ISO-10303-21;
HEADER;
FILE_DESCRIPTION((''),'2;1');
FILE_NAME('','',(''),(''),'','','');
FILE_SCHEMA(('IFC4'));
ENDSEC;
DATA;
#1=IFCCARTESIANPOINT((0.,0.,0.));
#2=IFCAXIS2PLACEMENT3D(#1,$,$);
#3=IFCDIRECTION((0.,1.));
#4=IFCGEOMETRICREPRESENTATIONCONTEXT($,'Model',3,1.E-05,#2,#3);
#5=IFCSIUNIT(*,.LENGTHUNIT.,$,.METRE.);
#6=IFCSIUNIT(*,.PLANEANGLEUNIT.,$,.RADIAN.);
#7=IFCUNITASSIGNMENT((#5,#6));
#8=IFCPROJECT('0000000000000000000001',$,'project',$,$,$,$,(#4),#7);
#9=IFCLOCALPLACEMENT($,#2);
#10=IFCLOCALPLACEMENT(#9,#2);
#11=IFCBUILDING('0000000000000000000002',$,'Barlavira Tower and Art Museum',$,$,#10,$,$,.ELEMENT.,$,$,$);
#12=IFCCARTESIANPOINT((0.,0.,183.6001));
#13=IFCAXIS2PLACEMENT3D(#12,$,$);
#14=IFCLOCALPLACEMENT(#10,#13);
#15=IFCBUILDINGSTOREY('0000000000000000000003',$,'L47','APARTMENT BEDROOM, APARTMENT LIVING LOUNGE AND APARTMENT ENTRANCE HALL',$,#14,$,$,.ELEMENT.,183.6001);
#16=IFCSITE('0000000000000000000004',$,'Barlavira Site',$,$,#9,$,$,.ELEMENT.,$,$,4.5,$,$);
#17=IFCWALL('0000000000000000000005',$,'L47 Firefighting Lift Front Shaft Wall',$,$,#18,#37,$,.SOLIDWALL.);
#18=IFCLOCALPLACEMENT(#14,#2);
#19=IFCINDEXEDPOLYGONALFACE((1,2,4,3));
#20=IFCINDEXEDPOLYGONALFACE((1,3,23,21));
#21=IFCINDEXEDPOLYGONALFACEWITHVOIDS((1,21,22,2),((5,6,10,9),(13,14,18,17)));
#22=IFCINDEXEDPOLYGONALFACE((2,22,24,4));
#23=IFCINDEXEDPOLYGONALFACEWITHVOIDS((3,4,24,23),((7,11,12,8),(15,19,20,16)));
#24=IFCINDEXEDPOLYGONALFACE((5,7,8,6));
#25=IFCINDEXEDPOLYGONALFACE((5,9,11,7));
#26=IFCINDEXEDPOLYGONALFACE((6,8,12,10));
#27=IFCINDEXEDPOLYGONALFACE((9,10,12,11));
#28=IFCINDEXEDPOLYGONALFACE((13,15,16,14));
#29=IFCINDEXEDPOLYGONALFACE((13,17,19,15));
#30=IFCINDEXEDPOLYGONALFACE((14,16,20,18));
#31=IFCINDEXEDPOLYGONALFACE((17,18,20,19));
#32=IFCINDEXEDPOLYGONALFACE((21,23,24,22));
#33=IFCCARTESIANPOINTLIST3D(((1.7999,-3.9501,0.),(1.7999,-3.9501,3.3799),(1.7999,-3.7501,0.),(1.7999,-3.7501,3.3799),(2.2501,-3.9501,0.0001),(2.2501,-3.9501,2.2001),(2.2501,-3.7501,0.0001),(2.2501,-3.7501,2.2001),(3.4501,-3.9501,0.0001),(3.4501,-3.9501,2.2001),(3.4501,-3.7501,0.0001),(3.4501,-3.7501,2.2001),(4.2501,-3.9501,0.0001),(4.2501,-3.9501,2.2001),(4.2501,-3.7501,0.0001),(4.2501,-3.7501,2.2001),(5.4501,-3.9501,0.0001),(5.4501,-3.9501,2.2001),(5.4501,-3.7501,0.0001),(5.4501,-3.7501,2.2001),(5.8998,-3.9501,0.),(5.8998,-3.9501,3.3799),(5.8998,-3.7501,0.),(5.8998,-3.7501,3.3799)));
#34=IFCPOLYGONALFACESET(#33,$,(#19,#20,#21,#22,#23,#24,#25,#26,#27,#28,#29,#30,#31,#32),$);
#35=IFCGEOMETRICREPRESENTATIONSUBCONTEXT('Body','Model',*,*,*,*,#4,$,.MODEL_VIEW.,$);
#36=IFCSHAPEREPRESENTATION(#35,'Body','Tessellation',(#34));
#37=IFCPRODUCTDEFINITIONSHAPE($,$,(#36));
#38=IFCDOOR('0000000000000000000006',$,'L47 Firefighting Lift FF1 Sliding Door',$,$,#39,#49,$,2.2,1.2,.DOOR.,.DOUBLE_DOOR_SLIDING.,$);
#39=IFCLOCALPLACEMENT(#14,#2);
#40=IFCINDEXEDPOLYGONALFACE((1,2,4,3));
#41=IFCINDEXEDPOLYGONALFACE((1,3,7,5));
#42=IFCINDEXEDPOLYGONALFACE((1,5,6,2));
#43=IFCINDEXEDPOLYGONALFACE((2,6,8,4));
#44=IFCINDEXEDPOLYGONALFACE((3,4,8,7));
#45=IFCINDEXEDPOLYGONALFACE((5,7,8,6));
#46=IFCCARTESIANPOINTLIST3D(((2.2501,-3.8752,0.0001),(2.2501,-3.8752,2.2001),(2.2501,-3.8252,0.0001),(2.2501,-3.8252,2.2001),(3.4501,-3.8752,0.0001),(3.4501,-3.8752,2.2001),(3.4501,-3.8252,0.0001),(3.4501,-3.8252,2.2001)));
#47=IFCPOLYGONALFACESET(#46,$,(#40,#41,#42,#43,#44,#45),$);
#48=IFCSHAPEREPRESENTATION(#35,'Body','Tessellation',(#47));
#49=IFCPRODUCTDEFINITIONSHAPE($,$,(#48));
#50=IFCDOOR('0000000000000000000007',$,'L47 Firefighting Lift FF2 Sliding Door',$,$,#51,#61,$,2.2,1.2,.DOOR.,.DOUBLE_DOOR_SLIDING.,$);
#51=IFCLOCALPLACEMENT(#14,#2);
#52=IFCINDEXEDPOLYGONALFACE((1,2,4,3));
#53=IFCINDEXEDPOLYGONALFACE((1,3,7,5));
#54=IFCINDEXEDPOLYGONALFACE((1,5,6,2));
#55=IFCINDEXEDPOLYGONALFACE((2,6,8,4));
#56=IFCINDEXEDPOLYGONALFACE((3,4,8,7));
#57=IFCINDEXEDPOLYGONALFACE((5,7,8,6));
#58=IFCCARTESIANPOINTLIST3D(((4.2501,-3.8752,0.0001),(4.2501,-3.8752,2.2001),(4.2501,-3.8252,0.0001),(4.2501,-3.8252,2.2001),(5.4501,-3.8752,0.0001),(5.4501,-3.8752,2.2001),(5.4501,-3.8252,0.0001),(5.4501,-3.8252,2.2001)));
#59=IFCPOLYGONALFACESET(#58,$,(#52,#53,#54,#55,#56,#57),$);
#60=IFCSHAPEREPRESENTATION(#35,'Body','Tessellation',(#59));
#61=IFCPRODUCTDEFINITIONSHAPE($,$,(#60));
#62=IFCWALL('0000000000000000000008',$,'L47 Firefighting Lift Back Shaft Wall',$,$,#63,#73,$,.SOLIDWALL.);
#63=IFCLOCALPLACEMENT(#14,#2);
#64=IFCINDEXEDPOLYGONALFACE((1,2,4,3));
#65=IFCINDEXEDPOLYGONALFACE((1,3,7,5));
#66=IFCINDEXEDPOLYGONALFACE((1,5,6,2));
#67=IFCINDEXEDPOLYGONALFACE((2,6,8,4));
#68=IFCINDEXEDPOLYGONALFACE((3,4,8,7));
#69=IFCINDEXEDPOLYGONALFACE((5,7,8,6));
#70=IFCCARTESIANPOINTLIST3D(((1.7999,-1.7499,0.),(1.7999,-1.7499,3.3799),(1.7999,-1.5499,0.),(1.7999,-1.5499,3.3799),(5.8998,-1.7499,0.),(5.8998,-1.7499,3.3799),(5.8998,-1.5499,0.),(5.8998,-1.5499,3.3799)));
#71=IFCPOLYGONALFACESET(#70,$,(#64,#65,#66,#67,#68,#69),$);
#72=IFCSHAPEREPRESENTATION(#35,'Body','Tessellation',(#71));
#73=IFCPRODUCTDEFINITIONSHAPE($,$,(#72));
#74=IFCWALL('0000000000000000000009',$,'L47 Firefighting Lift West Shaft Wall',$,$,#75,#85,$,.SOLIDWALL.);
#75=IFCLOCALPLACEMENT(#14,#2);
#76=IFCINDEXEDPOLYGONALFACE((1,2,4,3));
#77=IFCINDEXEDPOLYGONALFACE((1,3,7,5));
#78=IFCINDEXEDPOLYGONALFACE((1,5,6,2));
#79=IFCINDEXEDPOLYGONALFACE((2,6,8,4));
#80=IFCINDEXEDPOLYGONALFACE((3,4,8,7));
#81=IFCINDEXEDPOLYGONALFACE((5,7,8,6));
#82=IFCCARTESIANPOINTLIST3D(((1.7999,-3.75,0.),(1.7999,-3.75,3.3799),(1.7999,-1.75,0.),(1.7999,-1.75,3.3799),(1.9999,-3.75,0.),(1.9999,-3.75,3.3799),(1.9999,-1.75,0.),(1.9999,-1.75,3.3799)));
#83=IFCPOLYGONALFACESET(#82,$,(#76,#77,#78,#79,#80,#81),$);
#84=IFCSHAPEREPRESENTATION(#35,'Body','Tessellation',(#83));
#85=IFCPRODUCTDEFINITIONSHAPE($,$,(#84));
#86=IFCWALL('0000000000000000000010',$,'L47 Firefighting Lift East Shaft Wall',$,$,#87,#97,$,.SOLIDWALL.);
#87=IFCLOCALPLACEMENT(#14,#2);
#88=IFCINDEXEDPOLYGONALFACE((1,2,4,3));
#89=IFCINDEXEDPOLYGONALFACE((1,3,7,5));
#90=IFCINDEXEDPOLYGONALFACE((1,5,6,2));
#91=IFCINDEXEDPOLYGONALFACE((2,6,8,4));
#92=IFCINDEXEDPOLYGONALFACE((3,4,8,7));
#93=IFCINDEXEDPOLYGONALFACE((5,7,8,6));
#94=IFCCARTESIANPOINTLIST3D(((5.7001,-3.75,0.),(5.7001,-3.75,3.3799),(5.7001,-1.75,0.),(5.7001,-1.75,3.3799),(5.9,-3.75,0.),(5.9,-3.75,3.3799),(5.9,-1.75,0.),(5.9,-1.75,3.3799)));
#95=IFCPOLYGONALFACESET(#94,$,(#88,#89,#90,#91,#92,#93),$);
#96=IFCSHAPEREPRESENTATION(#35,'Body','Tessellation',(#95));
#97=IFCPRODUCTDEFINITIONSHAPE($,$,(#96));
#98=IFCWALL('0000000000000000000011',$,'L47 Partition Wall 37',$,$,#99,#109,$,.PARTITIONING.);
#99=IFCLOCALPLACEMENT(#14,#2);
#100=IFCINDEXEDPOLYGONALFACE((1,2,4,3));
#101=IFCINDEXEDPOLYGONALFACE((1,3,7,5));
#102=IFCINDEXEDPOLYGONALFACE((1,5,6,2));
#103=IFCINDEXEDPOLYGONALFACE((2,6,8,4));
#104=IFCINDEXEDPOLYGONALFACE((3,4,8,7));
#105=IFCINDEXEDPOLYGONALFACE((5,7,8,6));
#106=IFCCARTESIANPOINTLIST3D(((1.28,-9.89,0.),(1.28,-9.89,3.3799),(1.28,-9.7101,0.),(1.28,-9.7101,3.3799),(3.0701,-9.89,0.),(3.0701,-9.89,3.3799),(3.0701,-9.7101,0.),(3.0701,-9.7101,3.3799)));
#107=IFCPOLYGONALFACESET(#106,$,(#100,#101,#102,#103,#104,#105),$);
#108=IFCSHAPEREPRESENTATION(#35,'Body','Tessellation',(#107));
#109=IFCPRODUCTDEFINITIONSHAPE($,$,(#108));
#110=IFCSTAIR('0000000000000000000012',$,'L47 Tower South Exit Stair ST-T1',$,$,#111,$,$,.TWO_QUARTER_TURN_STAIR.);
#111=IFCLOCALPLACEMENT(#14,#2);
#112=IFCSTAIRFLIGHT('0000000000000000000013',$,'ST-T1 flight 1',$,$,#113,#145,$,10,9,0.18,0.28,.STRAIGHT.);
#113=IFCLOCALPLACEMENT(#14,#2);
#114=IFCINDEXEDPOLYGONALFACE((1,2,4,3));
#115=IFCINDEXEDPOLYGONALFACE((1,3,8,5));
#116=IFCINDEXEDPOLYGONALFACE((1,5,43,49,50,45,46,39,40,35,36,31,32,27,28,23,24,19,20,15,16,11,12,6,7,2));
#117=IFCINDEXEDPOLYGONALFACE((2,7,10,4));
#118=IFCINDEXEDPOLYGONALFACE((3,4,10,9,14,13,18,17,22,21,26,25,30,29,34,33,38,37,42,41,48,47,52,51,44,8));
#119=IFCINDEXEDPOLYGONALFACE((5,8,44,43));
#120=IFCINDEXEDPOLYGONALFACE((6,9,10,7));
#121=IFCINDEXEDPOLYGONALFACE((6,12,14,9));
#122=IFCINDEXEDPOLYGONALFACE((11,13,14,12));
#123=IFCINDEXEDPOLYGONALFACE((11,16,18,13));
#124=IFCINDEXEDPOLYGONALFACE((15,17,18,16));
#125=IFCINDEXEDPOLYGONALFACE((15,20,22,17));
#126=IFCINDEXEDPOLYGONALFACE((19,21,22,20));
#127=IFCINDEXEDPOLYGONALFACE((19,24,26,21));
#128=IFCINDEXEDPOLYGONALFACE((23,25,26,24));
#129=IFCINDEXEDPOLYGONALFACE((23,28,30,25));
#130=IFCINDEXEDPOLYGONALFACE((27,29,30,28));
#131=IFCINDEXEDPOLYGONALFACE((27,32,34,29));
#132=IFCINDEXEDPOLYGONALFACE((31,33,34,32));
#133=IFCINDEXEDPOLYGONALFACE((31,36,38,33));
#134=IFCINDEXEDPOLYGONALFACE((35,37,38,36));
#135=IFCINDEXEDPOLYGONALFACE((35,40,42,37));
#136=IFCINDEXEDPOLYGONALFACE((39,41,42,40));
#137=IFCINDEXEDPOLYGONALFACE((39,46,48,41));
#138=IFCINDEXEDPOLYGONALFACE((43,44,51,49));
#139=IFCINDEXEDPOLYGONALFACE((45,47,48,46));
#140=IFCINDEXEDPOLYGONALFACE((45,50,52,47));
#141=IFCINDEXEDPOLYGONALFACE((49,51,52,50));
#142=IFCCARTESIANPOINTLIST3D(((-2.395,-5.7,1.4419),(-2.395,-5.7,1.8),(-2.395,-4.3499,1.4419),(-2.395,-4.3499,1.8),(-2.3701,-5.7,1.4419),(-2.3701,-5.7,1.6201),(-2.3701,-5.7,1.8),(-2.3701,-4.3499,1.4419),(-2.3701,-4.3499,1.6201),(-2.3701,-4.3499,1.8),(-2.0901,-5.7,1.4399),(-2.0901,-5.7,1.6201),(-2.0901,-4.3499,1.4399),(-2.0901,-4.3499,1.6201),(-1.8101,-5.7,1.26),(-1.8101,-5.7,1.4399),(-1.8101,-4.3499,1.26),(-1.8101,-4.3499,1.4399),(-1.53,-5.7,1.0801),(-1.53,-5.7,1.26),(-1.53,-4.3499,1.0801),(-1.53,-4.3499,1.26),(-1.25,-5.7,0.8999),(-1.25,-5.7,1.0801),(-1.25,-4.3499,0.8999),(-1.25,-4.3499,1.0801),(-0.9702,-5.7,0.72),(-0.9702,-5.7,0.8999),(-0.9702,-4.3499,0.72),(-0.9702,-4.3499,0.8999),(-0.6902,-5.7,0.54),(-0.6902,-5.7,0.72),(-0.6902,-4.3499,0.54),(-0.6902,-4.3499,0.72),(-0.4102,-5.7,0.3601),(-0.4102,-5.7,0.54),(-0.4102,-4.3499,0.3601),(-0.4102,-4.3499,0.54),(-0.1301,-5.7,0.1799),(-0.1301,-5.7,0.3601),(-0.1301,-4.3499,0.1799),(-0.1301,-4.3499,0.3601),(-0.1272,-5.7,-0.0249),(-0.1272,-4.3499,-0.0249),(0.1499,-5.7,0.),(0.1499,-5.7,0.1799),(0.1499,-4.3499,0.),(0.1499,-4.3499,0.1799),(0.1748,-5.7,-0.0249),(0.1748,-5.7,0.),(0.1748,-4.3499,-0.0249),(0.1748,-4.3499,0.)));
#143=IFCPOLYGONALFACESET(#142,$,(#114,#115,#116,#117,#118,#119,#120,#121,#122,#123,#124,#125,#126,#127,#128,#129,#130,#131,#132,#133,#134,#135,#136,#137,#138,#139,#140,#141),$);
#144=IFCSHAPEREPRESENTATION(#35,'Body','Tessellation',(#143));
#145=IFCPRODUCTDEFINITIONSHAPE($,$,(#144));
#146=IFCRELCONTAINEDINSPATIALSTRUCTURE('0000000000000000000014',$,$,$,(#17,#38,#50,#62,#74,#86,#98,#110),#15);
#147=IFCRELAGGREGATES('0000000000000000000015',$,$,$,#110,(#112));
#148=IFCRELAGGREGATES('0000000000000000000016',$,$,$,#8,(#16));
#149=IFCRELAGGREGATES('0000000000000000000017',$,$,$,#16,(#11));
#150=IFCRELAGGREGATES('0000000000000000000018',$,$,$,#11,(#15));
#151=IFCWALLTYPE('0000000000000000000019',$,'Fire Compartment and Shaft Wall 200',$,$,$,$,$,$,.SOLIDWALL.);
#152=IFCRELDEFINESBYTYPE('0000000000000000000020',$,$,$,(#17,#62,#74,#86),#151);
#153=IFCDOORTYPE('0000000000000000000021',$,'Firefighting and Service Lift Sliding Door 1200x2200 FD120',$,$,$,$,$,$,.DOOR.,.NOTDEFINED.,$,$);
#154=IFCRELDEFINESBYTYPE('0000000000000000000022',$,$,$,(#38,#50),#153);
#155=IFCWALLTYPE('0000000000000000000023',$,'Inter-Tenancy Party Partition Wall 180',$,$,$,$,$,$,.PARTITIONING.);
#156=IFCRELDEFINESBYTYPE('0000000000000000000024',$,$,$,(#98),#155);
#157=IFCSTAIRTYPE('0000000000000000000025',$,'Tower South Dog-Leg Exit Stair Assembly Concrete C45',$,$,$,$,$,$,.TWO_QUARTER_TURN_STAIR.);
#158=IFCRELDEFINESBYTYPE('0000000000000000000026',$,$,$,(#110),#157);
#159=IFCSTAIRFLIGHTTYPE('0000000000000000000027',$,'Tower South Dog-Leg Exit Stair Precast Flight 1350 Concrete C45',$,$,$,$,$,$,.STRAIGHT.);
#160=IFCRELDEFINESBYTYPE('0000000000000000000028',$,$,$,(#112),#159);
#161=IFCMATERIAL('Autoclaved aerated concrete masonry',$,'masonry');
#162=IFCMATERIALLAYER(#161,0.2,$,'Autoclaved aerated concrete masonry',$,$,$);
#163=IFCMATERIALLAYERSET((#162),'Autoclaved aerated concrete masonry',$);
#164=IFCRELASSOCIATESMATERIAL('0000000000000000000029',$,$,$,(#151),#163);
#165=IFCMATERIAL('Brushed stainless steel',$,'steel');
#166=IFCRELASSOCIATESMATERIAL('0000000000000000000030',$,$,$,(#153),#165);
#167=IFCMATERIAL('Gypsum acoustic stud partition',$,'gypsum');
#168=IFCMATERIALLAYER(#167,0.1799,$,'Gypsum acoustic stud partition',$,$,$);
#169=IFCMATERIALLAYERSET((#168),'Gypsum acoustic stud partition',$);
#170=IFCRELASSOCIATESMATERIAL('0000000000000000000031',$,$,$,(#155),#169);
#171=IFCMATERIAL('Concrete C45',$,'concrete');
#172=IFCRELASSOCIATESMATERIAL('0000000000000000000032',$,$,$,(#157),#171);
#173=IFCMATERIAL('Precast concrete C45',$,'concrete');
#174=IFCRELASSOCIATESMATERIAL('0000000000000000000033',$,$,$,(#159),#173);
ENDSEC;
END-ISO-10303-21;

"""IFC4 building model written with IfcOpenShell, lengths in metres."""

from ifc_helpers import new_model, si_unit, direction, frame, frame_2d, origin, place, context, subcontext, project, spatial, polyline, rectangle, outline, extrude, material, layer, layer_set, type_object, element, fill, aggregate, save


model = new_model("IFC4")

# Units and contexts
model_context = context("Model", 3, precision=1e-05, world=origin(), true_north=direction((0.0, 1.0)))
body_context = subcontext(model_context, "Body", "Model", "MODEL_VIEW")
ifc_project = project(units=[si_unit("LENGTHUNIT", "METRE"), si_unit("PLANEANGLEUNIT", "RADIAN")], contexts=[model_context])

# Site, building, storey
site_placement = place(None, origin())
site = spatial("IfcSite", under=ifc_project, at=site_placement, Name="Barlavira Site", CompositionType="ELEMENT", RefElevation=4.5)
building_placement = place(site_placement, origin())
building = spatial("IfcBuilding", under=site, at=building_placement, Name="Barlavira Tower and Art Museum", CompositionType="ELEMENT")
storey_placement = place(building_placement, frame((0.0, 0.0, 183.6001)))
storey = spatial("IfcBuildingStorey", under=building, at=storey_placement, Name="L47", Description="APARTMENT BEDROOM, APARTMENT LIVING LOUNGE AND APARTMENT ENTRANCE HALL", CompositionType="ELEMENT", Elevation=183.6001)

# Shared definitions
ifc_material_1 = material(Name="Brushed stainless steel", Category="steel")

# Shared definitions
ifc_material_2 = material(Name="Autoclaved aerated concrete masonry", Category="masonry")
ifc_layer_1 = layer(ifc_material_2, 0.2, Name="Autoclaved aerated concrete masonry")
ifc_layer_set_1 = layer_set([ifc_layer_1], Name="Autoclaved aerated concrete masonry")
wall_type_1 = type_object("IfcWallType", Name="Fire Compartment and Shaft Wall 200", PredefinedType="SOLIDWALL", material=ifc_layer_set_1)

# Wall, openings, doors
wall_1_placement = place(storey_placement, frame((1.8, -3.8501, 0.0), z_axis=(0.0, 0.0, 1.0), x_axis=(1.0, 0.0, 0.0)))
wall_1 = element("IfcWall", 1, at=wall_1_placement, inside=storey, type_object=wall_type_1, Name="L47 Firefighting Lift Front Shaft Wall", PredefinedType="SOLIDWALL", context=body_context, shape_type="SweptSolid", body=[
    extrude(rectangle(XDim=4.0999, YDim=0.2, at=frame_2d((2.0498, 0.0))), origin(), (0.0, 0.0, 1.0), 3.3799),
])
opening_1_placement = place(wall_1_placement, frame((0.45, 0.0, 0.0)))
opening_1 = element("IfcOpeningElement", 2, at=opening_1_placement, cuts=wall_1, PredefinedType="OPENING", context=body_context, shape_type="SweptSolid", body=[
    extrude(rectangle(XDim=1.2, YDim=2.2, at=frame_2d((0.6001, 1.1001))), frame((0.0, 0.1099, 0.0), z_axis=(0.0, -1.0, 0.0), x_axis=(1.0, 0.0, 0.0)), (0.0, 0.0, 1.0), 0.22),
])
opening_2_placement = place(wall_1_placement, frame((2.45, 0.0, 0.0)))
opening_2 = element("IfcOpeningElement", 3, at=opening_2_placement, cuts=wall_1, PredefinedType="OPENING", context=body_context, shape_type="SweptSolid", body=[
    extrude(rectangle(XDim=1.2, YDim=2.2, at=frame_2d((0.6001, 1.1001))), frame((0.0, 0.1099, 0.0), z_axis=(0.0, -1.0, 0.0), x_axis=(1.0, 0.0, 0.0)), (0.0, 0.0, 1.0), 0.22),
])
door_type_1 = type_object("IfcDoorType", Name="Firefighting and Service Lift Sliding Door 1200x2200 FD120", OperationType="NOTDEFINED", PredefinedType="DOOR", material=ifc_material_1)
door_1_placement = place(opening_1_placement, origin())
door_1 = element("IfcDoor", 4, at=door_1_placement, inside=storey, type_object=door_type_1, Name="L47 Firefighting Lift FF1 Sliding Door", OperationType="DOUBLE_DOOR_SLIDING", OverallHeight=2.2, OverallWidth=1.2, PredefinedType="DOOR", context=body_context, shape_type="SweptSolid", body=[
    extrude(rectangle(XDim=1.2, YDim=2.2, at=frame_2d((0.6001, 1.1001))), frame((0.0, 0.0249, 0.0), z_axis=(0.0, -1.0, 0.0), x_axis=(1.0, 0.0, 0.0)), (0.0, 0.0, 1.0), 0.05),
])
fill(opening_1, door_1)
door_2_placement = place(opening_2_placement, origin())
door_2 = element("IfcDoor", 5, at=door_2_placement, inside=storey, type_object=door_type_1, Name="L47 Firefighting Lift FF2 Sliding Door", OperationType="DOUBLE_DOOR_SLIDING", OverallHeight=2.2, OverallWidth=1.2, PredefinedType="DOOR", context=body_context, shape_type="SweptSolid", body=[
    extrude(rectangle(XDim=1.2, YDim=2.2, at=frame_2d((0.6001, 1.1001))), frame((0.0, 0.0249, 0.0), z_axis=(0.0, -1.0, 0.0), x_axis=(1.0, 0.0, 0.0)), (0.0, 0.0, 1.0), 0.05),
])
fill(opening_2, door_2)

# Walls
wall_2_placement = place(storey_placement, frame((1.8, -1.6499, 0.0), z_axis=(0.0, 0.0, 1.0), x_axis=(1.0, 0.0, 0.0)))
element("IfcWall", 6, at=wall_2_placement, inside=storey, type_object=wall_type_1, Name="L47 Firefighting Lift Back Shaft Wall", PredefinedType="SOLIDWALL", context=body_context, shape_type="SweptSolid", body=[
    extrude(rectangle(XDim=4.0999, YDim=0.2, at=frame_2d((2.0498, 0.0))), origin(), (0.0, 0.0, 1.0), 3.3799),
])
for number, where, z_axis, x_axis, name in (
    (7, (1.8999, -3.75, 0.0), (0.0, 0.0, 1.0), (0.0, 1.0, 0.0), "L47 Firefighting Lift West Shaft Wall"),
    (8, (5.8, -3.75, 0.0), (0.0, 0.0, 1.0), (0.0, 1.0, 0.0), "L47 Firefighting Lift East Shaft Wall"),
):
    element("IfcWall", number, at=place(storey_placement, frame(where, z_axis=z_axis, x_axis=x_axis)), inside=storey, type_object=wall_type_1, Name=name, PredefinedType="SOLIDWALL", context=body_context, shape_type="SweptSolid", body=[
        extrude(rectangle(XDim=2.0, YDim=0.2, at=frame_2d((1.0, 0.0))), origin(), (0.0, 0.0, 1.0), 3.3799),
    ])
ifc_material_3 = material(Name="Gypsum acoustic stud partition", Category="gypsum")
ifc_layer_2 = layer(ifc_material_3, 0.1799, Name="Gypsum acoustic stud partition")
ifc_layer_set_2 = layer_set([ifc_layer_2], Name="Gypsum acoustic stud partition")
wall_type_2 = type_object("IfcWallType", Name="Inter-Tenancy Party Partition Wall 180", PredefinedType="PARTITIONING", material=ifc_layer_set_2)
wall_3_placement = place(storey_placement, frame((1.28, -9.8, 0.0), z_axis=(0.0, 0.0, 1.0), x_axis=(1.0, 0.0, 0.0)))
element("IfcWall", 9, at=wall_3_placement, inside=storey, type_object=wall_type_2, Name="L47 Partition Wall 37", PredefinedType="PARTITIONING", context=body_context, shape_type="SweptSolid", body=[
    extrude(rectangle(XDim=1.79, YDim=0.1799, at=frame_2d((0.895, 0.0))), origin(), (0.0, 0.0, 1.0), 3.3799),
])

# Stair, stair flight
ifc_material_4 = material(Name="Concrete C45", Category="concrete")
stair_type = type_object("IfcStairType", Name="Tower South Dog-Leg Exit Stair Assembly Concrete C45", PredefinedType="TWO_QUARTER_TURN_STAIR", material=ifc_material_4)
stair_placement = place(storey_placement, origin())
stair = element("IfcStair", 10, at=stair_placement, inside=storey, type_object=stair_type, Name="L47 Tower South Exit Stair ST-T1", PredefinedType="TWO_QUARTER_TURN_STAIR")
ifc_material_5 = material(Name="Precast concrete C45", Category="concrete")
stair_flight_type = type_object("IfcStairFlightType", Name="Tower South Dog-Leg Exit Stair Precast Flight 1350 Concrete C45", PredefinedType="STRAIGHT", material=ifc_material_5)
stair_flight_placement = place(storey_placement, frame((0.1499, -5.0249, 0.0), z_axis=(0.0, 0.0, 1.0), x_axis=(-1.0, 0.0, 0.0)))
stair_flight = element("IfcStairFlight", 11, at=stair_flight_placement, type_object=stair_flight_type, Name="ST-T1 flight 1", NumberOfRisers=10, NumberOfTreads=9, PredefinedType="STRAIGHT", RiserHeight=0.18, TreadLength=0.28, context=body_context, shape_type="SweptSolid", body=[
    extrude(outline(polyline([(-0.0249, 0.0), (0.0, 0.0), (0.0, 0.1799), (0.28, 0.1799), (0.28, 0.3601), (0.5601, 0.3601), (0.5601, 0.54), (0.8401, 0.54), (0.8401, 0.72), (1.1201, 0.72), (1.1201, 0.8999), (1.3999, 0.8999), (1.3999, 1.0801), (1.6799, 1.0801), (1.6799, 1.26), (1.96, 1.26), (1.96, 1.4399), (2.24, 1.4399), (2.24, 1.6201), (2.52, 1.6201), (2.52, 1.8), (2.5449, 1.8), (2.5449, 1.4419), (2.52, 1.4419), (0.2771, -0.0249), (-0.0249, -0.0249), (-0.0249, 0.0)])), frame((0.0, 0.675, 0.0), z_axis=(0.0, -1.0, 0.0), x_axis=(1.0, 0.0, 0.0)), (0.0, 0.0, 1.0), 1.3501),
])
aggregate(stair, [stair_flight])

save(model, "model.ifc")
